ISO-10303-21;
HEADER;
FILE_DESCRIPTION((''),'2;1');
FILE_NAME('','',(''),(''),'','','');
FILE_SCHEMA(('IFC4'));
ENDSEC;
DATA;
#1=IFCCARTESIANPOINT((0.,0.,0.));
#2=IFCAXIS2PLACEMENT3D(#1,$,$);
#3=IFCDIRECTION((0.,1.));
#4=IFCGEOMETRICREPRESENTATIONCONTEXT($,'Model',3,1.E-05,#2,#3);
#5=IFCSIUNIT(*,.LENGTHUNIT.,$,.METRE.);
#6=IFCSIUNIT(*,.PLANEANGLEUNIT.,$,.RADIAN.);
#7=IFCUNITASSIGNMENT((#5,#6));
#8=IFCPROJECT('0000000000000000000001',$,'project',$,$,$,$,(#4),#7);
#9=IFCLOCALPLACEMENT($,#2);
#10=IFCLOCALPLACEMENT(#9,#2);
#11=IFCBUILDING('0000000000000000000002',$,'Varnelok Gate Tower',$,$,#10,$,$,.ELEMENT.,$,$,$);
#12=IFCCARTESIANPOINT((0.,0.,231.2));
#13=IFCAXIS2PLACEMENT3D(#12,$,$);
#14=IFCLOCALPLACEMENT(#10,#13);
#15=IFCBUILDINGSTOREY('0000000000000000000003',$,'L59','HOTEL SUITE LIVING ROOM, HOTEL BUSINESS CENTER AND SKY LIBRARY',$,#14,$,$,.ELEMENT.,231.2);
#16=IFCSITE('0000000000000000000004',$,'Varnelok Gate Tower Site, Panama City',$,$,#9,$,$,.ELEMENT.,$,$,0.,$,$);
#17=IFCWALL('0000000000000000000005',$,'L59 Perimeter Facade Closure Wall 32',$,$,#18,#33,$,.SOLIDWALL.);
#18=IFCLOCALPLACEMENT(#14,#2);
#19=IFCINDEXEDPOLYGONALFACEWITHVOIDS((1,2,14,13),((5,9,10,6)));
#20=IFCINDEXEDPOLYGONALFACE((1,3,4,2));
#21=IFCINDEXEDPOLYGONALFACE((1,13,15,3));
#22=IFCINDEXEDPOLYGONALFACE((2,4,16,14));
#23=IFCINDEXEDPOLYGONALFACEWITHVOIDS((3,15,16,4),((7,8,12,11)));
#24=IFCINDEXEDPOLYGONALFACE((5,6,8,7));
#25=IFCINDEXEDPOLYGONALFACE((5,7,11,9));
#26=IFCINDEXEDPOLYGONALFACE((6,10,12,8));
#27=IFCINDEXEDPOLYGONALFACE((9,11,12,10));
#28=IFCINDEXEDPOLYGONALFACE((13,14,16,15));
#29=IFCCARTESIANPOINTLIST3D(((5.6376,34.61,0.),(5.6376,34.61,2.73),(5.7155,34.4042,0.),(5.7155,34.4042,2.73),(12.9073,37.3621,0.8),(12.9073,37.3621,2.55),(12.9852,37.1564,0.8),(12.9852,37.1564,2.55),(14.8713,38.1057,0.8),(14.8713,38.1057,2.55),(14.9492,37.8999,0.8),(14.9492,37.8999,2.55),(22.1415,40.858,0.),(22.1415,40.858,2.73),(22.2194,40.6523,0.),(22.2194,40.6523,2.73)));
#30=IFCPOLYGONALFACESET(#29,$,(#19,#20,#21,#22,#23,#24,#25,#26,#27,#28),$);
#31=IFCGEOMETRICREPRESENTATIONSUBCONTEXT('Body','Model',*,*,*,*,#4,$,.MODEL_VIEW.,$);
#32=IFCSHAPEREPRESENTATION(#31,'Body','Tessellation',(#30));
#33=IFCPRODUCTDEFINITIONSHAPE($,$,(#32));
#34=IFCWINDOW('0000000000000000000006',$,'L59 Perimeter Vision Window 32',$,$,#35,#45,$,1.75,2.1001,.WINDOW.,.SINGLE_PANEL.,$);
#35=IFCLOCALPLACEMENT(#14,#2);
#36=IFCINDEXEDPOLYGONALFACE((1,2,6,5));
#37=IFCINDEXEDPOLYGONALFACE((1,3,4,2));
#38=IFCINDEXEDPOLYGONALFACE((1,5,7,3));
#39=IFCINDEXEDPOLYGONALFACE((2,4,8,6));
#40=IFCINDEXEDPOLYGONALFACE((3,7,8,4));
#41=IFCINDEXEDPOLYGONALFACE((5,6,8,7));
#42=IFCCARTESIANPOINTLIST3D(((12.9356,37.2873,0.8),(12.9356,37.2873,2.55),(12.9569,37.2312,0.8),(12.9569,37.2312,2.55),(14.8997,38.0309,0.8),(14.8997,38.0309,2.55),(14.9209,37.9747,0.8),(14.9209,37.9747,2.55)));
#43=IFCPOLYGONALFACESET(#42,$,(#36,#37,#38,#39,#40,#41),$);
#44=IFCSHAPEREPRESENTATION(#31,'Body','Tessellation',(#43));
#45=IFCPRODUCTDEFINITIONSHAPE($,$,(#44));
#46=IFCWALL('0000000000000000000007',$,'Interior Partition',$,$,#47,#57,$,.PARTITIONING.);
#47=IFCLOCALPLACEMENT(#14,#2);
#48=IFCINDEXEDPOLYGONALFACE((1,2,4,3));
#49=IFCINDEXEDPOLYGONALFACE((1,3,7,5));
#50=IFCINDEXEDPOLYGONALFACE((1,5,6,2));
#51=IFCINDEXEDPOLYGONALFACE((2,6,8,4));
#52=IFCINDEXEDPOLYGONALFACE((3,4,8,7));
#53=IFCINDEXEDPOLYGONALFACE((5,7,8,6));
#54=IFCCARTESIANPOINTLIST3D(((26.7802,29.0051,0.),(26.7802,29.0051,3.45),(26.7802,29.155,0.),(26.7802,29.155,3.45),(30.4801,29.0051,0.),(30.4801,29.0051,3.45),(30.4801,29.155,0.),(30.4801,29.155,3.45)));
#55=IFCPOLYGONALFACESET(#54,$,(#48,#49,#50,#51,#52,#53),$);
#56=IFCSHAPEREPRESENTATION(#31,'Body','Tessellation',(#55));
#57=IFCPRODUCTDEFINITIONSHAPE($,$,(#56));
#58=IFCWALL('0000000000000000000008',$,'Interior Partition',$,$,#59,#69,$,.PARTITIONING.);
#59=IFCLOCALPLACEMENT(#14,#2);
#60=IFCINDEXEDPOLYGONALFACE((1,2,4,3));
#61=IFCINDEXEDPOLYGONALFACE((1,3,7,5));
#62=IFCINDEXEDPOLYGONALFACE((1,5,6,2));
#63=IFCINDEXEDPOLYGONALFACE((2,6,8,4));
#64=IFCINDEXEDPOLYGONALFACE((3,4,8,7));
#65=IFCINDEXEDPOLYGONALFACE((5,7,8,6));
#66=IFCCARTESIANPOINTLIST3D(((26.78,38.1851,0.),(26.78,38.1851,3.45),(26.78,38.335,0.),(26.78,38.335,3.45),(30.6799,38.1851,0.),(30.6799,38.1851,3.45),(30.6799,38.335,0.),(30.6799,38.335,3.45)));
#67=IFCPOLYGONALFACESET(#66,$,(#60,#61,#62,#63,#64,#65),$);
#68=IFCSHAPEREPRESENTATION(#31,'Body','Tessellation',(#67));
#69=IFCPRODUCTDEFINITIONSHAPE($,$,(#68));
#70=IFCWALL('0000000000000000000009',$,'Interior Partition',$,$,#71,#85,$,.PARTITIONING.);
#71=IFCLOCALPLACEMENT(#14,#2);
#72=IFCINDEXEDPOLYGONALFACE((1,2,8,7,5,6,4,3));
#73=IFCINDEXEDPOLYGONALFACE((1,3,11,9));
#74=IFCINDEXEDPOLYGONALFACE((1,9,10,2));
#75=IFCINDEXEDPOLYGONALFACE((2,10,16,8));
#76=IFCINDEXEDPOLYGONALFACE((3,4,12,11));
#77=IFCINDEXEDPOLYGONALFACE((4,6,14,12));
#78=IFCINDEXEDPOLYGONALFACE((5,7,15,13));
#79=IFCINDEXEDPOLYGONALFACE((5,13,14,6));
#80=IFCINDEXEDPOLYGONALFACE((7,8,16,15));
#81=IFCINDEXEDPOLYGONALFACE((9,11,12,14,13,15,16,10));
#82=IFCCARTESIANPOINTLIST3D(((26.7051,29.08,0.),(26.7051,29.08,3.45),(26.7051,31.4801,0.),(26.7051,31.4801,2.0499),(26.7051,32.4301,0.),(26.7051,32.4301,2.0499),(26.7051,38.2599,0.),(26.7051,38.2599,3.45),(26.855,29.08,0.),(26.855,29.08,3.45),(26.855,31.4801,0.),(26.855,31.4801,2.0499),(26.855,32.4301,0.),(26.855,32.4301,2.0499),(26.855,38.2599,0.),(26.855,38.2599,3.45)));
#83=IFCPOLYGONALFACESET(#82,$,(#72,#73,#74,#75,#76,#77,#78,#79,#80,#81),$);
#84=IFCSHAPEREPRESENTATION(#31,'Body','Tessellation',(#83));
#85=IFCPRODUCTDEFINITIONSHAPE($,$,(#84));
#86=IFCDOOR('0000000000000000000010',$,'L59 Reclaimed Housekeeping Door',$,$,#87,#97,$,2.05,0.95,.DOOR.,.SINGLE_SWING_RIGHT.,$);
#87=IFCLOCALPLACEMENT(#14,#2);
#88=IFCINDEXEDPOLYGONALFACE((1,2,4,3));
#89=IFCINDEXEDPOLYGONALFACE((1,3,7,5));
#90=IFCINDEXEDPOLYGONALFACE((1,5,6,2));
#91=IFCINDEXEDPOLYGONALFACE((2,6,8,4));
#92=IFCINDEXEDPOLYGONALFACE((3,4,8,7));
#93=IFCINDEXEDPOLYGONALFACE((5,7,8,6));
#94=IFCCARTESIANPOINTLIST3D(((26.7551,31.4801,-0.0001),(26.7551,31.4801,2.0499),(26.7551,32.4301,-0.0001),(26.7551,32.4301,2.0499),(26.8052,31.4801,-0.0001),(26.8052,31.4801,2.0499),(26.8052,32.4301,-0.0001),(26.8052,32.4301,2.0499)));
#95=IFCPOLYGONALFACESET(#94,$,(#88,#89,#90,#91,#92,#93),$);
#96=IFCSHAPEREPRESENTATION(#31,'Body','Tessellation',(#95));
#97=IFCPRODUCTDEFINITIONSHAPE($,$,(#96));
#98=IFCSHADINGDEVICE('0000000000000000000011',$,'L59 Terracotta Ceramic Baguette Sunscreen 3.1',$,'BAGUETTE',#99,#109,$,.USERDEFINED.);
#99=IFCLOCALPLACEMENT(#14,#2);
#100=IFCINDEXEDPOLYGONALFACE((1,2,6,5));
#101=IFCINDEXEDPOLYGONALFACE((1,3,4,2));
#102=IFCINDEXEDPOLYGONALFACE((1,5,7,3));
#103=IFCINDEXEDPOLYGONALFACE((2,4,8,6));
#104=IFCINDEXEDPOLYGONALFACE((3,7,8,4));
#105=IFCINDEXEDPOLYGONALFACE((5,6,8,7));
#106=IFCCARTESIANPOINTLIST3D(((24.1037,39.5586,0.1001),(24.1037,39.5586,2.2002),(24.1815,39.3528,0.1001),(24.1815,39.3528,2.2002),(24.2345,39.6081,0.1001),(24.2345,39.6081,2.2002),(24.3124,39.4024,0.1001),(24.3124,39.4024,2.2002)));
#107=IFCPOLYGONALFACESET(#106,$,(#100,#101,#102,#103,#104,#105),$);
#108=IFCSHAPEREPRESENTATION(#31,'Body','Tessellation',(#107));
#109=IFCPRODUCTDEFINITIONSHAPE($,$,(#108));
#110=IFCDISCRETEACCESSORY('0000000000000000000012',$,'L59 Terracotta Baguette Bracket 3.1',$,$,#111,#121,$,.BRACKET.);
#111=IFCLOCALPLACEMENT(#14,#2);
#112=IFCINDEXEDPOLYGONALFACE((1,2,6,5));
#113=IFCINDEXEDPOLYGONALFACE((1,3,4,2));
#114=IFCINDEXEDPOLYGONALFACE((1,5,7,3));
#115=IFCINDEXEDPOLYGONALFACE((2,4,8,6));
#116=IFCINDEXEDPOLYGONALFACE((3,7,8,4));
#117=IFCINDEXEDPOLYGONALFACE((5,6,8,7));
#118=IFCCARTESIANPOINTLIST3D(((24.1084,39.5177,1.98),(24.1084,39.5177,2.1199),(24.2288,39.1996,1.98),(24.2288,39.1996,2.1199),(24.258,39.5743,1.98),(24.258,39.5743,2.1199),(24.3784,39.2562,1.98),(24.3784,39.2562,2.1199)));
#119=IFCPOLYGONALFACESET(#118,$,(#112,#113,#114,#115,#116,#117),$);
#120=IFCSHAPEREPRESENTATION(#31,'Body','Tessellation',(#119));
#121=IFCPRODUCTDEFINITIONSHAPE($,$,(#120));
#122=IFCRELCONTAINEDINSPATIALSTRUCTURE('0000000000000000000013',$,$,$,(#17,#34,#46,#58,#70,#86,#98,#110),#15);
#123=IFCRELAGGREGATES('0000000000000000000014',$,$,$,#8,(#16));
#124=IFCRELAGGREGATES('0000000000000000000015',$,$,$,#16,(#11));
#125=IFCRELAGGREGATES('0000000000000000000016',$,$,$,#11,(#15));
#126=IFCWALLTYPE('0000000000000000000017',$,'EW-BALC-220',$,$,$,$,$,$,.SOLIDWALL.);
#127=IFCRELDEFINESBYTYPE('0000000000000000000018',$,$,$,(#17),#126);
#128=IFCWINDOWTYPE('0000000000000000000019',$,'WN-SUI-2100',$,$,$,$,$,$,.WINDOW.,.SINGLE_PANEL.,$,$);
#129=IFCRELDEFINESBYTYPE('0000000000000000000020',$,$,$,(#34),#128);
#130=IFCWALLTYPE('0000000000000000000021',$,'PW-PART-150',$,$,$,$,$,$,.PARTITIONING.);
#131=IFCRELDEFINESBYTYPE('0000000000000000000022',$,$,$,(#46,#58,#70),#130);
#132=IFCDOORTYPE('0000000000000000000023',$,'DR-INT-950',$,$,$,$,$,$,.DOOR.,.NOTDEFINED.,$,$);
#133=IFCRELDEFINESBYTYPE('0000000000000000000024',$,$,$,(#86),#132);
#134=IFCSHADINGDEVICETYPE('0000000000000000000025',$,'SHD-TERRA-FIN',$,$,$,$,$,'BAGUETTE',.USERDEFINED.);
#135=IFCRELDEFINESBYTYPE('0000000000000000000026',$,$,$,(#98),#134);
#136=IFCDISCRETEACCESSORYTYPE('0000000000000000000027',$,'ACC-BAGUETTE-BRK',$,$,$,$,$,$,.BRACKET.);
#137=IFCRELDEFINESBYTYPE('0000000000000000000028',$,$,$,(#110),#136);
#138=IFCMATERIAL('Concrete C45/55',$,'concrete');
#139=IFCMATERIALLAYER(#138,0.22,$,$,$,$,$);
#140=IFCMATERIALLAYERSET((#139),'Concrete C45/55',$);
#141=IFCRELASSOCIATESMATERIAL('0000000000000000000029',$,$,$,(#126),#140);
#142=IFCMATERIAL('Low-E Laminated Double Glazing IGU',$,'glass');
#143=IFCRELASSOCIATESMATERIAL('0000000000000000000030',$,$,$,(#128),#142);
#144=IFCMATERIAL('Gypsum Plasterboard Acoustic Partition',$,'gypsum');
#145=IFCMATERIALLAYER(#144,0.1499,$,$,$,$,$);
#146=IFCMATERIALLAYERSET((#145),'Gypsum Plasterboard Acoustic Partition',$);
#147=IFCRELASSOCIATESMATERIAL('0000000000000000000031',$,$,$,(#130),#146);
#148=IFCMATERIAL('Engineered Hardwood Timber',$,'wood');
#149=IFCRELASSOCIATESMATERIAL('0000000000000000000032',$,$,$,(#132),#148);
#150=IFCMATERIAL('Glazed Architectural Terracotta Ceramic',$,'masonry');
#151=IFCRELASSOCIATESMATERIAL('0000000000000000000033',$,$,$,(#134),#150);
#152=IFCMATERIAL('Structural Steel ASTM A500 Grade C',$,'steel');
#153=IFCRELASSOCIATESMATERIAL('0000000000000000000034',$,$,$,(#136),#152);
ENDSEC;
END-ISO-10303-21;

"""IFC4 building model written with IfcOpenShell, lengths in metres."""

from ifc_helpers import new_model, si_unit, direction, frame, frame_2d, origin, origin_2d, place, context, subcontext, project, spatial, rectangle, extrude, source, transform, mapped, material, layer, layer_set, type_object, element, fill, save


model = new_model("IFC4")

# Units and contexts
model_context = context("Model", 3, precision=1e-05, world=origin(), true_north=direction((0.0, 1.0)))
body_context = subcontext(model_context, "Body", "Model", "MODEL_VIEW")
ifc_project = project(units=[si_unit("LENGTHUNIT", "METRE"), si_unit("PLANEANGLEUNIT", "RADIAN")], contexts=[model_context])

# Site, building, storey
site_placement = place(None, origin())
site = spatial("IfcSite", under=ifc_project, at=site_placement, Name="Varnelok Gate Tower Site, Panama City", CompositionType="ELEMENT", RefElevation=0.0)
building_placement = place(site_placement, origin())
building = spatial("IfcBuilding", under=site, at=building_placement, Name="Varnelok Gate Tower", CompositionType="ELEMENT")
storey_placement = place(building_placement, frame((0.0, 0.0, 231.2)))
storey = spatial("IfcBuildingStorey", under=building, at=storey_placement, Name="L59", Description="HOTEL SUITE LIVING ROOM, HOTEL BUSINESS CENTER AND SKY LIBRARY", CompositionType="ELEMENT", Elevation=231.2)

# Shared definitions
ifc_material_1 = material(Name="Concrete C45/55", Category="concrete")
ifc_layer_1 = layer(ifc_material_1, 0.22)
ifc_layer_set_1 = layer_set([ifc_layer_1], Name="Concrete C45/55")
wall_type_1 = type_object("IfcWallType", Name="EW-BALC-220", PredefinedType="SOLIDWALL", material=ifc_layer_set_1)
ifc_material_2 = material(Name="Low-E Laminated Double Glazing IGU", Category="glass")

# Wall, opening, window
wall_1_placement = place(storey_placement, frame((22.1804, 40.7551, 0.0), z_axis=(0.0, 0.0, 1.0), x_axis=(-0.935224, -0.354057, 0.0)))
wall_1 = element("IfcWall", 1, at=wall_1_placement, inside=storey, type_object=wall_type_1, Name="L59 Perimeter Facade Closure Wall 32", PredefinedType="SOLIDWALL", context=body_context, shape_type="SweptSolid", body=[
    extrude(rectangle(XDim=17.647, YDim=0.22, at=frame_2d((8.8235, 0.0))), origin(), (0.0, 0.0, 1.0), 2.73),
])
opening_1_placement = place(wall_1_placement, frame((7.7737, 0.0, 0.8)))
opening_1 = element("IfcOpeningElement", 2, at=opening_1_placement, cuts=wall_1, PredefinedType="OPENING", context=body_context, shape_type="SweptSolid", body=[
    extrude(rectangle(XDim=2.1001, YDim=1.75, at=frame_2d((1.05, 0.875))), frame((0.0, 0.1199, 0.0), z_axis=(0.0, -1.0, 0.0), x_axis=(1.0, 0.0, 0.0)), (0.0, 0.0, 1.0), 0.24),
])
window_type_1 = type_object("IfcWindowType", Name="WN-SUI-2100", PartitioningType="SINGLE_PANEL", PredefinedType="WINDOW", material=ifc_material_2)
window_1_placement = place(opening_1_placement, origin())
window_1 = element("IfcWindow", 3, at=window_1_placement, inside=storey, type_object=window_type_1, Name="L59 Perimeter Vision Window 32", OverallHeight=1.75, OverallWidth=2.1001, PartitioningType="SINGLE_PANEL", PredefinedType="WINDOW", context=body_context, shape_type="SweptSolid", body=[
    extrude(rectangle(XDim=2.1001, YDim=1.75, at=frame_2d((1.05, 0.875))), frame((0.0, 0.03, 0.0), z_axis=(0.0, -1.0, 0.0), x_axis=(1.0, 0.0, 0.0)), (0.0, 0.0, 1.0), 0.0601),
])
fill(opening_1, window_1)

# Walls
ifc_material_3 = material(Name="Gypsum Plasterboard Acoustic Partition", Category="gypsum")
ifc_layer_2 = layer(ifc_material_3, 0.1499)
ifc_layer_set_2 = layer_set([ifc_layer_2], Name="Gypsum Plasterboard Acoustic Partition")
wall_type_2 = type_object("IfcWallType", Name="PW-PART-150", PredefinedType="PARTITIONING", material=ifc_layer_set_2)
wall_2_placement = place(storey_placement, frame((26.78, 29.0801, 0.0), z_axis=(0.0, 0.0, 1.0), x_axis=(1.0, 0.0, 0.0)))
element("IfcWall", 4, at=wall_2_placement, inside=storey, type_object=wall_type_2, Name="Interior Partition", PredefinedType="PARTITIONING", context=body_context, shape_type="SweptSolid", body=[
    extrude(rectangle(XDim=3.7, YDim=0.1499, at=frame_2d((1.8501, 0.0))), origin(), (0.0, 0.0, 1.0), 3.45),
])
wall_3_placement = place(storey_placement, frame((26.78, 38.26, 0.0), z_axis=(0.0, 0.0, 1.0), x_axis=(1.0, 0.0, 0.0)))
element("IfcWall", 5, at=wall_3_placement, inside=storey, type_object=wall_type_2, Name="Interior Partition", PredefinedType="PARTITIONING", context=body_context, shape_type="SweptSolid", body=[
    extrude(rectangle(XDim=3.8999, YDim=0.1499, at=frame_2d((1.95, 0.0))), origin(), (0.0, 0.0, 1.0), 3.45),
])

# Wall, opening, door
wall_4_placement = place(storey_placement, frame((26.78, 29.0801, 0.0), z_axis=(0.0, 0.0, 1.0), x_axis=(0.0, 1.0, 0.0)))
wall_4 = element("IfcWall", 6, at=wall_4_placement, inside=storey, type_object=wall_type_2, Name="Interior Partition", PredefinedType="PARTITIONING", context=body_context, shape_type="SweptSolid", body=[
    extrude(rectangle(XDim=9.1799, YDim=0.1499, at=frame_2d((4.5898, 0.0))), origin(), (0.0, 0.0, 1.0), 3.45),
])
opening_2_placement = place(wall_4_placement, frame((2.3999, 0.0, 0.0)))
opening_2 = element("IfcOpeningElement", 7, at=opening_2_placement, cuts=wall_4, PredefinedType="OPENING", context=body_context, shape_type="SweptSolid", body=[
    extrude(rectangle(XDim=0.95, YDim=2.05, at=frame_2d((0.4751, 1.0249))), frame((0.0, 0.085, 0.0), z_axis=(0.0, -1.0, 0.0), x_axis=(1.0, 0.0, 0.0)), (0.0, 0.0, 1.0), 0.1699),
])
ifc_material_4 = material(Name="Engineered Hardwood Timber", Category="wood")
door_type_1 = type_object("IfcDoorType", Name="DR-INT-950", OperationType="NOTDEFINED", PredefinedType="DOOR", material=ifc_material_4)
door_1_placement = place(opening_2_placement, origin())
door_1 = element("IfcDoor", 8, at=door_1_placement, inside=storey, type_object=door_type_1, Name="L59 Reclaimed Housekeeping Door", OperationType="SINGLE_SWING_RIGHT", OverallHeight=2.05, OverallWidth=0.95, PredefinedType="DOOR", context=body_context, shape_type="SweptSolid", body=[
    extrude(rectangle(XDim=0.95, YDim=2.05, at=frame_2d((0.4751, 1.0249))), frame((0.0, 0.0249, 0.0), z_axis=(0.0, -1.0, 0.0), x_axis=(1.0, 0.0, 0.0)), (0.0, 0.0, 1.0), 0.05),
])
fill(opening_2, door_1)

# Shading device
ifc_material_5 = material(Name="Glazed Architectural Terracotta Ceramic", Category="masonry")
shading_device_type = type_object("IfcShadingDeviceType", Name="SHD-TERRA-FIN", ElementType="BAGUETTE", PredefinedType="USERDEFINED", material=ifc_material_5)
shared_shape_1 = source(origin(), body_context, "Body", "SweptSolid", [
    extrude(rectangle(XDim=0.1399, YDim=0.22, at=origin_2d()), origin(), (0.0, 0.0, 1.0), 2.1001),
])
shading_device_placement = place(storey_placement, frame((24.208, 39.4805, 0.1001), z_axis=(0.0, 0.0, 1.0), x_axis=(0.935222, 0.354063, 0.0)))
element("IfcShadingDevice", 9, at=shading_device_placement, inside=storey, type_object=shading_device_type, Name="L59 Terracotta Ceramic Baguette Sunscreen 3.1", ObjectType="BAGUETTE", PredefinedType="USERDEFINED", context=body_context, shape_type="MappedRepresentation", body=[
    mapped(shared_shape_1, transform((0.0, 0.0, 0.0), scale=1.0)),
])

# Discrete accessory
ifc_material_6 = material(Name="Structural Steel ASTM A500 Grade C", Category="steel")
discrete_accessory_type = type_object("IfcDiscreteAccessoryType", Name="ACC-BAGUETTE-BRK", PredefinedType="BRACKET", material=ifc_material_6)
shared_shape_2 = source(origin(), body_context, "Body", "SweptSolid", [
    extrude(rectangle(XDim=0.1599, YDim=0.3401, at=origin_2d()), origin(), (0.0, 0.0, 1.0), 0.1399),
])
discrete_accessory_placement = place(storey_placement, frame((24.2434, 39.387, 1.98), z_axis=(0.0, 0.0, 1.0), x_axis=(0.935222, 0.354063, 0.0)))
element("IfcDiscreteAccessory", 10, at=discrete_accessory_placement, inside=storey, type_object=discrete_accessory_type, Name="L59 Terracotta Baguette Bracket 3.1", PredefinedType="BRACKET", context=body_context, shape_type="MappedRepresentation", body=[
    mapped(shared_shape_2, transform((0.0, 0.0, 0.0), scale=1.0)),
])

save(model, "model.ifc")
